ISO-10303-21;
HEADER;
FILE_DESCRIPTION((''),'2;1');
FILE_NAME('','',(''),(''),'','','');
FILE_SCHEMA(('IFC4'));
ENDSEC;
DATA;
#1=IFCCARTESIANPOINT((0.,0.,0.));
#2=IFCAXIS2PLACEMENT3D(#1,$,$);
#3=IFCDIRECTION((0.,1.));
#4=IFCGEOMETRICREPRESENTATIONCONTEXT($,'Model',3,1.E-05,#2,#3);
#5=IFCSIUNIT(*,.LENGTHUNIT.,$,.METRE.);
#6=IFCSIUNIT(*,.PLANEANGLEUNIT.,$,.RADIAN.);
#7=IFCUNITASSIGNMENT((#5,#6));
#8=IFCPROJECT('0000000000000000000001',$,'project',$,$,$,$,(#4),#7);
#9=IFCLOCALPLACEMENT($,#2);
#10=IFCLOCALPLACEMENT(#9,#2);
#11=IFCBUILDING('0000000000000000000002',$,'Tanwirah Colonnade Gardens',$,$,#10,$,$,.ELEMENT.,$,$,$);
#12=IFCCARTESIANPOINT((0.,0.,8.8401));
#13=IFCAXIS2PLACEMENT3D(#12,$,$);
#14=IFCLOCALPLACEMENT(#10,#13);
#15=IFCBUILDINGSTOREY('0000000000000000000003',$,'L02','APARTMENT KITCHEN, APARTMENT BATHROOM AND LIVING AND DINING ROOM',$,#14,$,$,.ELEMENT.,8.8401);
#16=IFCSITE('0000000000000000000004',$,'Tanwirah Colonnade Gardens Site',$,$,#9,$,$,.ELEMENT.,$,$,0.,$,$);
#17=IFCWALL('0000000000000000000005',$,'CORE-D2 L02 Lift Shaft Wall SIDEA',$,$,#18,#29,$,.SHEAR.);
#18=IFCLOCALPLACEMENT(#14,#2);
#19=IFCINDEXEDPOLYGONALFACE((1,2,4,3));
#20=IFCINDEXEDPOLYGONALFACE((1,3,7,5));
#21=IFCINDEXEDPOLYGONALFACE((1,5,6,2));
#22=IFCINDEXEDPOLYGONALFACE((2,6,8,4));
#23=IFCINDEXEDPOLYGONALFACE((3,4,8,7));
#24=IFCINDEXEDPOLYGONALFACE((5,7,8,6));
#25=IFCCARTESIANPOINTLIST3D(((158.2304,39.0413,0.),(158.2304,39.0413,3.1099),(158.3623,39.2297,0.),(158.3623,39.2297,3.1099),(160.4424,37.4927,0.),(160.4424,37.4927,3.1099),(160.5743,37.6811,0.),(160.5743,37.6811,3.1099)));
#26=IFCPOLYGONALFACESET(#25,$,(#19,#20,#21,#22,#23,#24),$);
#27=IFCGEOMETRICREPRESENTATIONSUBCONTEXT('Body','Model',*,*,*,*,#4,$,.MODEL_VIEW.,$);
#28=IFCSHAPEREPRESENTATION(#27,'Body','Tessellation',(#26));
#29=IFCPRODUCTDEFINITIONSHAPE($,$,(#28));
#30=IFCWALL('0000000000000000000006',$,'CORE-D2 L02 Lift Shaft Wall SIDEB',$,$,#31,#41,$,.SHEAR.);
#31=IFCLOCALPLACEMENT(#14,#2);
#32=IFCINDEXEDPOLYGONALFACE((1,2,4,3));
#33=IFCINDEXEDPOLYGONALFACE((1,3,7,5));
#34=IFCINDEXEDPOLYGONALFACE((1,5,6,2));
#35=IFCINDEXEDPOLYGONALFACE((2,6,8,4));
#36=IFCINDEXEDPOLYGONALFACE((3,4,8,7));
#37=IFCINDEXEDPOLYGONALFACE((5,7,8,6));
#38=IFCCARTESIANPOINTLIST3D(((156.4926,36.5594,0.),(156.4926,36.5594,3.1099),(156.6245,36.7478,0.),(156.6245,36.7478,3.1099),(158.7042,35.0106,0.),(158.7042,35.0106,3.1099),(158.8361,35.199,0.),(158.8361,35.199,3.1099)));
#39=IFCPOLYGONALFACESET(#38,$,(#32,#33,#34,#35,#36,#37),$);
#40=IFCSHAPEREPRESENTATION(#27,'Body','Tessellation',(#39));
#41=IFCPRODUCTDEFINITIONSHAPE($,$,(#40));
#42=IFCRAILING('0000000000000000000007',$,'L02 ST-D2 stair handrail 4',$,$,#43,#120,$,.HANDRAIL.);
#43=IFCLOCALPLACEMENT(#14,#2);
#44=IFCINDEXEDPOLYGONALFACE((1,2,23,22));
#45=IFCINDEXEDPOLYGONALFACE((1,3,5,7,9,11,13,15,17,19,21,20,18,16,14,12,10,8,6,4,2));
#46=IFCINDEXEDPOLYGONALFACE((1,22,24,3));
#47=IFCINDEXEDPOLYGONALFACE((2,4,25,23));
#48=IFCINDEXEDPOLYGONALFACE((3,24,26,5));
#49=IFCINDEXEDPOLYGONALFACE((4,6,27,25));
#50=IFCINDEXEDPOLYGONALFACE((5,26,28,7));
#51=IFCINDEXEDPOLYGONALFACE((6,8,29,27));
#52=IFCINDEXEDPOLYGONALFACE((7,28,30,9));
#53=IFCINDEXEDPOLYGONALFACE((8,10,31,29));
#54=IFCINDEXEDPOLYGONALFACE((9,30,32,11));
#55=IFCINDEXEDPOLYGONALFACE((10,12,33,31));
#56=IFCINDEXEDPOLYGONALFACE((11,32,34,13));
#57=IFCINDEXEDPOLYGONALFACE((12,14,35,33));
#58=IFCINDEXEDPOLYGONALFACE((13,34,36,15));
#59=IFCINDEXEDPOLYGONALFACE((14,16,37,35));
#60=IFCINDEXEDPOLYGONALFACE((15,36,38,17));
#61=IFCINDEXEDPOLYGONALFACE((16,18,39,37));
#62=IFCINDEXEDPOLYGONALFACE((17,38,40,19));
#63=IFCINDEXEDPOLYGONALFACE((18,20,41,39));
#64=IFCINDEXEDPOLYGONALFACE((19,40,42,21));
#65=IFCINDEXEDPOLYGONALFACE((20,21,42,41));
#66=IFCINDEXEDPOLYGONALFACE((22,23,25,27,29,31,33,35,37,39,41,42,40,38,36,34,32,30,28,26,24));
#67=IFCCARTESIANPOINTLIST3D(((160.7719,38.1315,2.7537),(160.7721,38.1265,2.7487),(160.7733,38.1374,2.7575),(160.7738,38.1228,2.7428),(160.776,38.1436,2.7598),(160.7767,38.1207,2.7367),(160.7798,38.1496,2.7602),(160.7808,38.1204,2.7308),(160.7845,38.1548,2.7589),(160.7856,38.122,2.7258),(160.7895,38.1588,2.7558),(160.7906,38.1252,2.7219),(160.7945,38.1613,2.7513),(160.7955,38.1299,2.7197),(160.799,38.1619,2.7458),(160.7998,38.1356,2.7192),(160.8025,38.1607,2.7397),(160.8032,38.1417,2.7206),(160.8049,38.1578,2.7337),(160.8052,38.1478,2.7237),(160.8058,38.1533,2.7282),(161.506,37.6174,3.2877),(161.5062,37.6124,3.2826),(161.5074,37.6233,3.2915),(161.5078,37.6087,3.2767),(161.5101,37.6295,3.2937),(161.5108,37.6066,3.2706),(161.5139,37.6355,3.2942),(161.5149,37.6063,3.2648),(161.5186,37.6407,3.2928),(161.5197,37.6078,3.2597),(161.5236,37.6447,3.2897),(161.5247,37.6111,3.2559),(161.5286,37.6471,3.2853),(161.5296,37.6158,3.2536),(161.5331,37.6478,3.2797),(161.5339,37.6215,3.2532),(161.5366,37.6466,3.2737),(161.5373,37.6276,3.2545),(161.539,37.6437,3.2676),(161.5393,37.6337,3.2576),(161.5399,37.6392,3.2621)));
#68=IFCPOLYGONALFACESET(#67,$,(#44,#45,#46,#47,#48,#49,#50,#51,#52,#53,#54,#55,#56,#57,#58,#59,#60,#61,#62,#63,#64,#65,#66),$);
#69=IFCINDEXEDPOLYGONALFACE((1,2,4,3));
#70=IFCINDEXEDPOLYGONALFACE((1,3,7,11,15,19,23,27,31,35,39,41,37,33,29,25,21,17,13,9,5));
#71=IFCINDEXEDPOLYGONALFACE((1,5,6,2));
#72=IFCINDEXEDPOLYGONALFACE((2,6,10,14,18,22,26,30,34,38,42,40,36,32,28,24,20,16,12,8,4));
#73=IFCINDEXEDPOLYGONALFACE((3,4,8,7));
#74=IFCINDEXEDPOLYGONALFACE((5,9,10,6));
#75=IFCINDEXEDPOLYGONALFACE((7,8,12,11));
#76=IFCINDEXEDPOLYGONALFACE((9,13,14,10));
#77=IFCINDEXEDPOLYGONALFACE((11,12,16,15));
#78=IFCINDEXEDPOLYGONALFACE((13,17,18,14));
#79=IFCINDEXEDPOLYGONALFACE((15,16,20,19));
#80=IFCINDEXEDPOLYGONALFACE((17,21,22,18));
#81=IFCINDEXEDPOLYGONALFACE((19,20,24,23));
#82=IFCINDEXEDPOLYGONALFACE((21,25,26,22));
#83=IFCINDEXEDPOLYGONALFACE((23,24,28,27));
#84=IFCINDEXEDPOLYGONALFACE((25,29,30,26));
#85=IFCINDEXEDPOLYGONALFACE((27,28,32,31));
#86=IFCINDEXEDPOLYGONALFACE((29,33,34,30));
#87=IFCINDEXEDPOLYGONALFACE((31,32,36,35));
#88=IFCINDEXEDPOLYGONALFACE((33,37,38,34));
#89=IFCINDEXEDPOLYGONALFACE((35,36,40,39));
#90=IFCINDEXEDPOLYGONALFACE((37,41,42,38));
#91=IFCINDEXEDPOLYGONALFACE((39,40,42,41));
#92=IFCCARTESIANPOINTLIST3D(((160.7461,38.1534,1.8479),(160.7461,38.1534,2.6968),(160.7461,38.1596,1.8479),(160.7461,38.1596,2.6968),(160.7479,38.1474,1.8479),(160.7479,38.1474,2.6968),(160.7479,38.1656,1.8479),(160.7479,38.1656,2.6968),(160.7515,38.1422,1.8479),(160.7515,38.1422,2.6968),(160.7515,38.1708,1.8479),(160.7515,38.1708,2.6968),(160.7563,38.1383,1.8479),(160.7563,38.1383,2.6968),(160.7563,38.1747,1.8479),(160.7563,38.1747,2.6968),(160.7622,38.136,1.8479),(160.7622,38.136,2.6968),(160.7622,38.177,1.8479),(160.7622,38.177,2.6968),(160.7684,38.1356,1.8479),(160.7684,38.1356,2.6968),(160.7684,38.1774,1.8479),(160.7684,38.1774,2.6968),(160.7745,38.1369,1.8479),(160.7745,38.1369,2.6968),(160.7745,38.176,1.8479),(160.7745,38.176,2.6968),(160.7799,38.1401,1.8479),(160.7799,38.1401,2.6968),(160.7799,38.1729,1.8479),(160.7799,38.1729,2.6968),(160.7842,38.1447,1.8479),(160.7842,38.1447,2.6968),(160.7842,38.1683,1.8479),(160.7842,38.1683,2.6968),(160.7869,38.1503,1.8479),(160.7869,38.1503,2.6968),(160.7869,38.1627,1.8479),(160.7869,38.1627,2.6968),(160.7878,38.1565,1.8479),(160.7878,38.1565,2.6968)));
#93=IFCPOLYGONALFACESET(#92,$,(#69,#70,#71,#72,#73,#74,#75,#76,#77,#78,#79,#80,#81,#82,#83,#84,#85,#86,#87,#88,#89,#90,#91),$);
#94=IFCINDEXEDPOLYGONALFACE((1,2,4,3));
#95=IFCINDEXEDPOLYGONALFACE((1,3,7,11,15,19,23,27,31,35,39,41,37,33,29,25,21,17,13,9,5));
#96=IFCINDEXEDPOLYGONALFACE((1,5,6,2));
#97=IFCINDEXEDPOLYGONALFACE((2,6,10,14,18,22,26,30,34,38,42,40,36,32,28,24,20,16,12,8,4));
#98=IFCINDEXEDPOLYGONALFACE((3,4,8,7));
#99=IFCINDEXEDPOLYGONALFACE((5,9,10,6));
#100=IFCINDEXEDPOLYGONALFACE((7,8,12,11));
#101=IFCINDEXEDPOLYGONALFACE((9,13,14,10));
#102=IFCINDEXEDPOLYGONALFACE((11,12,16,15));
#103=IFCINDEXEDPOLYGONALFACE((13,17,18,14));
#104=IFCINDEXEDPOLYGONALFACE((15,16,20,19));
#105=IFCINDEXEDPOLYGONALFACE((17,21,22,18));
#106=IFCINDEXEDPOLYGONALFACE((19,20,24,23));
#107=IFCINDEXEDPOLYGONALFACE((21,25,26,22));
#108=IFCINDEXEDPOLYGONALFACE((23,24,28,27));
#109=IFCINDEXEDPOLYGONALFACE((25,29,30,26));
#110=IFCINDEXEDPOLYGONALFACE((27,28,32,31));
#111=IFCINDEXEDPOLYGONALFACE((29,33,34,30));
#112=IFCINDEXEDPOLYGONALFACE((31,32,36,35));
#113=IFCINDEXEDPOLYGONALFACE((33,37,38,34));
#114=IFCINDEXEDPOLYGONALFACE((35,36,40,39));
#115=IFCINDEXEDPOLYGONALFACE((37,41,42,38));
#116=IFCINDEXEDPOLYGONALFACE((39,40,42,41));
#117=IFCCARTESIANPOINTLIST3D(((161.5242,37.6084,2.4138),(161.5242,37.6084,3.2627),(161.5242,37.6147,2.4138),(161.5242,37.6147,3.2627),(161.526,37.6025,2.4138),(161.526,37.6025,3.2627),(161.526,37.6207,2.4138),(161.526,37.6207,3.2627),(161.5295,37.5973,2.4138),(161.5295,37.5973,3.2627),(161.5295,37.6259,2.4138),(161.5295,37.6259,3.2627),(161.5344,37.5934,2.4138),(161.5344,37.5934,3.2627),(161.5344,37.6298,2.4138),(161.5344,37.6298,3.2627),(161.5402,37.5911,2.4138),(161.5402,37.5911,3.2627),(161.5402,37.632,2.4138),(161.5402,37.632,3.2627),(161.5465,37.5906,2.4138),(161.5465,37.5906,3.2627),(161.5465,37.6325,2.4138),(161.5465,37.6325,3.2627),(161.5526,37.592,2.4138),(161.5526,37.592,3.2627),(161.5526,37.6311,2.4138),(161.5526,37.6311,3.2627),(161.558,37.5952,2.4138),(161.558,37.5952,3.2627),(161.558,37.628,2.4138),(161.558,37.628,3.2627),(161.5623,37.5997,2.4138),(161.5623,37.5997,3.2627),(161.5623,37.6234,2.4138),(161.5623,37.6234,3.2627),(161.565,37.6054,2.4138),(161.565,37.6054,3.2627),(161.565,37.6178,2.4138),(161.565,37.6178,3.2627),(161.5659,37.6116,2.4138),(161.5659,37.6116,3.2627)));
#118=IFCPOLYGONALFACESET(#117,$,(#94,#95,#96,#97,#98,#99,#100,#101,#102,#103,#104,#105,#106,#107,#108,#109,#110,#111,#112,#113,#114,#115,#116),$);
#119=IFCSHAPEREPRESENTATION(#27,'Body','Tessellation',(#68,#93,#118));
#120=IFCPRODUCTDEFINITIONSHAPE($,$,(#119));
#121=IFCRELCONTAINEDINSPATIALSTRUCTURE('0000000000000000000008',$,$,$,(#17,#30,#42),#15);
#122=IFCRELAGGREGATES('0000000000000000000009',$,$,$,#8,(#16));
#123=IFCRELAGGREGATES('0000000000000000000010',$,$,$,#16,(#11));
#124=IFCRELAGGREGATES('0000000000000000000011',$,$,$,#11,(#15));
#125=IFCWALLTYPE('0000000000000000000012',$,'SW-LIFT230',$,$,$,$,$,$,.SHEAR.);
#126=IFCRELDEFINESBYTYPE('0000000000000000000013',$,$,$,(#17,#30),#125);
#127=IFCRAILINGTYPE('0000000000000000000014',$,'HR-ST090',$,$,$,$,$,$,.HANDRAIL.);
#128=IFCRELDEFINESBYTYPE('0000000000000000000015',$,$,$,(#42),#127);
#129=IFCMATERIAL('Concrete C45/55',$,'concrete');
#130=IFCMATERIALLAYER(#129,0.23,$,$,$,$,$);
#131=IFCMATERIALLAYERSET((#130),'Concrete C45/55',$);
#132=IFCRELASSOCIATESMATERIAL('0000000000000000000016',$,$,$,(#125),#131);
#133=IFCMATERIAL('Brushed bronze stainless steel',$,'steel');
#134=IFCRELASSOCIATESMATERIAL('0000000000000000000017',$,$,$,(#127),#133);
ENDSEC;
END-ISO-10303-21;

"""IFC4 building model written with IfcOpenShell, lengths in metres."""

from ifc_helpers import new_model, si_unit, direction, frame, frame_2d, origin, origin_2d, place, context, subcontext, project, spatial, rectangle, circle, extrude, material, layer, layer_set, type_object, element, save


model = new_model("IFC4")

# Units and contexts
model_context = context("Model", 3, precision=1e-05, world=origin(), true_north=direction((0.0, 1.0)))
body_context = subcontext(model_context, "Body", "Model", "MODEL_VIEW")
ifc_project = project(units=[si_unit("LENGTHUNIT", "METRE"), si_unit("PLANEANGLEUNIT", "RADIAN")], contexts=[model_context])

# Site, building, storey
site_placement = place(None, origin())
site = spatial("IfcSite", under=ifc_project, at=site_placement, Name="Tanwirah Colonnade Gardens Site", CompositionType="ELEMENT", RefElevation=0.0)
building_placement = place(site_placement, origin())
building = spatial("IfcBuilding", under=site, at=building_placement, Name="Tanwirah Colonnade Gardens", CompositionType="ELEMENT")
storey_placement = place(building_placement, frame((0.0, 0.0, 8.8401)))
storey = spatial("IfcBuildingStorey", under=building, at=storey_placement, Name="L02", Description="APARTMENT KITCHEN, APARTMENT BATHROOM AND LIVING AND DINING ROOM", CompositionType="ELEMENT", Elevation=8.8401)

# Shared definitions
ifc_material_1 = material(Name="Concrete C45/55", Category="concrete")
ifc_layer_1 = layer(ifc_material_1, 0.23)
ifc_layer_set_1 = layer_set([ifc_layer_1], Name="Concrete C45/55")
wall_type_1 = type_object("IfcWallType", Name="SW-LIFT230", PredefinedType="SHEAR", material=ifc_layer_set_1)

# Walls
wall_1_placement = place(storey_placement, frame((160.5083, 37.5869, 0.0), z_axis=(0.0, 0.0, 1.0), x_axis=(-0.819189, 0.573523, 0.0)))
element("IfcWall", 1, at=wall_1_placement, inside=storey, type_object=wall_type_1, Name="CORE-D2 L02 Lift Shaft Wall SIDEA", PredefinedType="SHEAR", context=body_context, shape_type="SweptSolid", body=[
    extrude(rectangle(XDim=2.7002, YDim=0.23, at=frame_2d((1.3501, 0.0))), origin(), (0.0, 0.0, 1.0), 3.1099),
])
wall_2_placement = place(storey_placement, frame((158.7703, 35.1047, 0.0), z_axis=(0.0, 0.0, 1.0), x_axis=(-0.819117, 0.573626, 0.0)))
element("IfcWall", 2, at=wall_2_placement, inside=storey, type_object=wall_type_1, Name="CORE-D2 L02 Lift Shaft Wall SIDEB", PredefinedType="SHEAR", context=body_context, shape_type="SweptSolid", body=[
    extrude(rectangle(XDim=2.7, YDim=0.23, at=frame_2d((1.3501, 0.0))), origin(), (0.0, 0.0, 1.0), 3.1099),
])

# Railing
ifc_material_2 = material(Name="Brushed bronze stainless steel", Category="steel")
railing_type_1 = type_object("IfcRailingType", Name="HR-ST090", PredefinedType="HANDRAIL", material=ifc_material_2)
railing_1_placement = place(storey_placement, frame((160.7668, 38.1565, 1.8479)))
element("IfcRailing", 3, at=railing_1_placement, inside=storey, type_object=railing_type_1, Name="L02 ST-D2 stair handrail 4", PredefinedType="HANDRAIL", context=body_context, shape_type="SweptSolid", body=[
    extrude(circle(Radius=0.0239, at=origin_2d()), frame((0.022, -0.0154, 0.8918), z_axis=(0.703686, -0.492823, 0.511812), x_axis=(0.573652, 0.819099, 0.0)), (0.0, 0.0, 1.0), 1.0432),
    extrude(circle(Radius=0.021, at=origin_2d()), origin(), (0.0, 0.0, 1.0), 0.8489),
    extrude(circle(Radius=0.021, at=origin_2d()), frame((0.7781, -0.5449, 0.5659)), (0.0, 0.0, 1.0), 0.8489),
])

save(model, "model.ifc")
